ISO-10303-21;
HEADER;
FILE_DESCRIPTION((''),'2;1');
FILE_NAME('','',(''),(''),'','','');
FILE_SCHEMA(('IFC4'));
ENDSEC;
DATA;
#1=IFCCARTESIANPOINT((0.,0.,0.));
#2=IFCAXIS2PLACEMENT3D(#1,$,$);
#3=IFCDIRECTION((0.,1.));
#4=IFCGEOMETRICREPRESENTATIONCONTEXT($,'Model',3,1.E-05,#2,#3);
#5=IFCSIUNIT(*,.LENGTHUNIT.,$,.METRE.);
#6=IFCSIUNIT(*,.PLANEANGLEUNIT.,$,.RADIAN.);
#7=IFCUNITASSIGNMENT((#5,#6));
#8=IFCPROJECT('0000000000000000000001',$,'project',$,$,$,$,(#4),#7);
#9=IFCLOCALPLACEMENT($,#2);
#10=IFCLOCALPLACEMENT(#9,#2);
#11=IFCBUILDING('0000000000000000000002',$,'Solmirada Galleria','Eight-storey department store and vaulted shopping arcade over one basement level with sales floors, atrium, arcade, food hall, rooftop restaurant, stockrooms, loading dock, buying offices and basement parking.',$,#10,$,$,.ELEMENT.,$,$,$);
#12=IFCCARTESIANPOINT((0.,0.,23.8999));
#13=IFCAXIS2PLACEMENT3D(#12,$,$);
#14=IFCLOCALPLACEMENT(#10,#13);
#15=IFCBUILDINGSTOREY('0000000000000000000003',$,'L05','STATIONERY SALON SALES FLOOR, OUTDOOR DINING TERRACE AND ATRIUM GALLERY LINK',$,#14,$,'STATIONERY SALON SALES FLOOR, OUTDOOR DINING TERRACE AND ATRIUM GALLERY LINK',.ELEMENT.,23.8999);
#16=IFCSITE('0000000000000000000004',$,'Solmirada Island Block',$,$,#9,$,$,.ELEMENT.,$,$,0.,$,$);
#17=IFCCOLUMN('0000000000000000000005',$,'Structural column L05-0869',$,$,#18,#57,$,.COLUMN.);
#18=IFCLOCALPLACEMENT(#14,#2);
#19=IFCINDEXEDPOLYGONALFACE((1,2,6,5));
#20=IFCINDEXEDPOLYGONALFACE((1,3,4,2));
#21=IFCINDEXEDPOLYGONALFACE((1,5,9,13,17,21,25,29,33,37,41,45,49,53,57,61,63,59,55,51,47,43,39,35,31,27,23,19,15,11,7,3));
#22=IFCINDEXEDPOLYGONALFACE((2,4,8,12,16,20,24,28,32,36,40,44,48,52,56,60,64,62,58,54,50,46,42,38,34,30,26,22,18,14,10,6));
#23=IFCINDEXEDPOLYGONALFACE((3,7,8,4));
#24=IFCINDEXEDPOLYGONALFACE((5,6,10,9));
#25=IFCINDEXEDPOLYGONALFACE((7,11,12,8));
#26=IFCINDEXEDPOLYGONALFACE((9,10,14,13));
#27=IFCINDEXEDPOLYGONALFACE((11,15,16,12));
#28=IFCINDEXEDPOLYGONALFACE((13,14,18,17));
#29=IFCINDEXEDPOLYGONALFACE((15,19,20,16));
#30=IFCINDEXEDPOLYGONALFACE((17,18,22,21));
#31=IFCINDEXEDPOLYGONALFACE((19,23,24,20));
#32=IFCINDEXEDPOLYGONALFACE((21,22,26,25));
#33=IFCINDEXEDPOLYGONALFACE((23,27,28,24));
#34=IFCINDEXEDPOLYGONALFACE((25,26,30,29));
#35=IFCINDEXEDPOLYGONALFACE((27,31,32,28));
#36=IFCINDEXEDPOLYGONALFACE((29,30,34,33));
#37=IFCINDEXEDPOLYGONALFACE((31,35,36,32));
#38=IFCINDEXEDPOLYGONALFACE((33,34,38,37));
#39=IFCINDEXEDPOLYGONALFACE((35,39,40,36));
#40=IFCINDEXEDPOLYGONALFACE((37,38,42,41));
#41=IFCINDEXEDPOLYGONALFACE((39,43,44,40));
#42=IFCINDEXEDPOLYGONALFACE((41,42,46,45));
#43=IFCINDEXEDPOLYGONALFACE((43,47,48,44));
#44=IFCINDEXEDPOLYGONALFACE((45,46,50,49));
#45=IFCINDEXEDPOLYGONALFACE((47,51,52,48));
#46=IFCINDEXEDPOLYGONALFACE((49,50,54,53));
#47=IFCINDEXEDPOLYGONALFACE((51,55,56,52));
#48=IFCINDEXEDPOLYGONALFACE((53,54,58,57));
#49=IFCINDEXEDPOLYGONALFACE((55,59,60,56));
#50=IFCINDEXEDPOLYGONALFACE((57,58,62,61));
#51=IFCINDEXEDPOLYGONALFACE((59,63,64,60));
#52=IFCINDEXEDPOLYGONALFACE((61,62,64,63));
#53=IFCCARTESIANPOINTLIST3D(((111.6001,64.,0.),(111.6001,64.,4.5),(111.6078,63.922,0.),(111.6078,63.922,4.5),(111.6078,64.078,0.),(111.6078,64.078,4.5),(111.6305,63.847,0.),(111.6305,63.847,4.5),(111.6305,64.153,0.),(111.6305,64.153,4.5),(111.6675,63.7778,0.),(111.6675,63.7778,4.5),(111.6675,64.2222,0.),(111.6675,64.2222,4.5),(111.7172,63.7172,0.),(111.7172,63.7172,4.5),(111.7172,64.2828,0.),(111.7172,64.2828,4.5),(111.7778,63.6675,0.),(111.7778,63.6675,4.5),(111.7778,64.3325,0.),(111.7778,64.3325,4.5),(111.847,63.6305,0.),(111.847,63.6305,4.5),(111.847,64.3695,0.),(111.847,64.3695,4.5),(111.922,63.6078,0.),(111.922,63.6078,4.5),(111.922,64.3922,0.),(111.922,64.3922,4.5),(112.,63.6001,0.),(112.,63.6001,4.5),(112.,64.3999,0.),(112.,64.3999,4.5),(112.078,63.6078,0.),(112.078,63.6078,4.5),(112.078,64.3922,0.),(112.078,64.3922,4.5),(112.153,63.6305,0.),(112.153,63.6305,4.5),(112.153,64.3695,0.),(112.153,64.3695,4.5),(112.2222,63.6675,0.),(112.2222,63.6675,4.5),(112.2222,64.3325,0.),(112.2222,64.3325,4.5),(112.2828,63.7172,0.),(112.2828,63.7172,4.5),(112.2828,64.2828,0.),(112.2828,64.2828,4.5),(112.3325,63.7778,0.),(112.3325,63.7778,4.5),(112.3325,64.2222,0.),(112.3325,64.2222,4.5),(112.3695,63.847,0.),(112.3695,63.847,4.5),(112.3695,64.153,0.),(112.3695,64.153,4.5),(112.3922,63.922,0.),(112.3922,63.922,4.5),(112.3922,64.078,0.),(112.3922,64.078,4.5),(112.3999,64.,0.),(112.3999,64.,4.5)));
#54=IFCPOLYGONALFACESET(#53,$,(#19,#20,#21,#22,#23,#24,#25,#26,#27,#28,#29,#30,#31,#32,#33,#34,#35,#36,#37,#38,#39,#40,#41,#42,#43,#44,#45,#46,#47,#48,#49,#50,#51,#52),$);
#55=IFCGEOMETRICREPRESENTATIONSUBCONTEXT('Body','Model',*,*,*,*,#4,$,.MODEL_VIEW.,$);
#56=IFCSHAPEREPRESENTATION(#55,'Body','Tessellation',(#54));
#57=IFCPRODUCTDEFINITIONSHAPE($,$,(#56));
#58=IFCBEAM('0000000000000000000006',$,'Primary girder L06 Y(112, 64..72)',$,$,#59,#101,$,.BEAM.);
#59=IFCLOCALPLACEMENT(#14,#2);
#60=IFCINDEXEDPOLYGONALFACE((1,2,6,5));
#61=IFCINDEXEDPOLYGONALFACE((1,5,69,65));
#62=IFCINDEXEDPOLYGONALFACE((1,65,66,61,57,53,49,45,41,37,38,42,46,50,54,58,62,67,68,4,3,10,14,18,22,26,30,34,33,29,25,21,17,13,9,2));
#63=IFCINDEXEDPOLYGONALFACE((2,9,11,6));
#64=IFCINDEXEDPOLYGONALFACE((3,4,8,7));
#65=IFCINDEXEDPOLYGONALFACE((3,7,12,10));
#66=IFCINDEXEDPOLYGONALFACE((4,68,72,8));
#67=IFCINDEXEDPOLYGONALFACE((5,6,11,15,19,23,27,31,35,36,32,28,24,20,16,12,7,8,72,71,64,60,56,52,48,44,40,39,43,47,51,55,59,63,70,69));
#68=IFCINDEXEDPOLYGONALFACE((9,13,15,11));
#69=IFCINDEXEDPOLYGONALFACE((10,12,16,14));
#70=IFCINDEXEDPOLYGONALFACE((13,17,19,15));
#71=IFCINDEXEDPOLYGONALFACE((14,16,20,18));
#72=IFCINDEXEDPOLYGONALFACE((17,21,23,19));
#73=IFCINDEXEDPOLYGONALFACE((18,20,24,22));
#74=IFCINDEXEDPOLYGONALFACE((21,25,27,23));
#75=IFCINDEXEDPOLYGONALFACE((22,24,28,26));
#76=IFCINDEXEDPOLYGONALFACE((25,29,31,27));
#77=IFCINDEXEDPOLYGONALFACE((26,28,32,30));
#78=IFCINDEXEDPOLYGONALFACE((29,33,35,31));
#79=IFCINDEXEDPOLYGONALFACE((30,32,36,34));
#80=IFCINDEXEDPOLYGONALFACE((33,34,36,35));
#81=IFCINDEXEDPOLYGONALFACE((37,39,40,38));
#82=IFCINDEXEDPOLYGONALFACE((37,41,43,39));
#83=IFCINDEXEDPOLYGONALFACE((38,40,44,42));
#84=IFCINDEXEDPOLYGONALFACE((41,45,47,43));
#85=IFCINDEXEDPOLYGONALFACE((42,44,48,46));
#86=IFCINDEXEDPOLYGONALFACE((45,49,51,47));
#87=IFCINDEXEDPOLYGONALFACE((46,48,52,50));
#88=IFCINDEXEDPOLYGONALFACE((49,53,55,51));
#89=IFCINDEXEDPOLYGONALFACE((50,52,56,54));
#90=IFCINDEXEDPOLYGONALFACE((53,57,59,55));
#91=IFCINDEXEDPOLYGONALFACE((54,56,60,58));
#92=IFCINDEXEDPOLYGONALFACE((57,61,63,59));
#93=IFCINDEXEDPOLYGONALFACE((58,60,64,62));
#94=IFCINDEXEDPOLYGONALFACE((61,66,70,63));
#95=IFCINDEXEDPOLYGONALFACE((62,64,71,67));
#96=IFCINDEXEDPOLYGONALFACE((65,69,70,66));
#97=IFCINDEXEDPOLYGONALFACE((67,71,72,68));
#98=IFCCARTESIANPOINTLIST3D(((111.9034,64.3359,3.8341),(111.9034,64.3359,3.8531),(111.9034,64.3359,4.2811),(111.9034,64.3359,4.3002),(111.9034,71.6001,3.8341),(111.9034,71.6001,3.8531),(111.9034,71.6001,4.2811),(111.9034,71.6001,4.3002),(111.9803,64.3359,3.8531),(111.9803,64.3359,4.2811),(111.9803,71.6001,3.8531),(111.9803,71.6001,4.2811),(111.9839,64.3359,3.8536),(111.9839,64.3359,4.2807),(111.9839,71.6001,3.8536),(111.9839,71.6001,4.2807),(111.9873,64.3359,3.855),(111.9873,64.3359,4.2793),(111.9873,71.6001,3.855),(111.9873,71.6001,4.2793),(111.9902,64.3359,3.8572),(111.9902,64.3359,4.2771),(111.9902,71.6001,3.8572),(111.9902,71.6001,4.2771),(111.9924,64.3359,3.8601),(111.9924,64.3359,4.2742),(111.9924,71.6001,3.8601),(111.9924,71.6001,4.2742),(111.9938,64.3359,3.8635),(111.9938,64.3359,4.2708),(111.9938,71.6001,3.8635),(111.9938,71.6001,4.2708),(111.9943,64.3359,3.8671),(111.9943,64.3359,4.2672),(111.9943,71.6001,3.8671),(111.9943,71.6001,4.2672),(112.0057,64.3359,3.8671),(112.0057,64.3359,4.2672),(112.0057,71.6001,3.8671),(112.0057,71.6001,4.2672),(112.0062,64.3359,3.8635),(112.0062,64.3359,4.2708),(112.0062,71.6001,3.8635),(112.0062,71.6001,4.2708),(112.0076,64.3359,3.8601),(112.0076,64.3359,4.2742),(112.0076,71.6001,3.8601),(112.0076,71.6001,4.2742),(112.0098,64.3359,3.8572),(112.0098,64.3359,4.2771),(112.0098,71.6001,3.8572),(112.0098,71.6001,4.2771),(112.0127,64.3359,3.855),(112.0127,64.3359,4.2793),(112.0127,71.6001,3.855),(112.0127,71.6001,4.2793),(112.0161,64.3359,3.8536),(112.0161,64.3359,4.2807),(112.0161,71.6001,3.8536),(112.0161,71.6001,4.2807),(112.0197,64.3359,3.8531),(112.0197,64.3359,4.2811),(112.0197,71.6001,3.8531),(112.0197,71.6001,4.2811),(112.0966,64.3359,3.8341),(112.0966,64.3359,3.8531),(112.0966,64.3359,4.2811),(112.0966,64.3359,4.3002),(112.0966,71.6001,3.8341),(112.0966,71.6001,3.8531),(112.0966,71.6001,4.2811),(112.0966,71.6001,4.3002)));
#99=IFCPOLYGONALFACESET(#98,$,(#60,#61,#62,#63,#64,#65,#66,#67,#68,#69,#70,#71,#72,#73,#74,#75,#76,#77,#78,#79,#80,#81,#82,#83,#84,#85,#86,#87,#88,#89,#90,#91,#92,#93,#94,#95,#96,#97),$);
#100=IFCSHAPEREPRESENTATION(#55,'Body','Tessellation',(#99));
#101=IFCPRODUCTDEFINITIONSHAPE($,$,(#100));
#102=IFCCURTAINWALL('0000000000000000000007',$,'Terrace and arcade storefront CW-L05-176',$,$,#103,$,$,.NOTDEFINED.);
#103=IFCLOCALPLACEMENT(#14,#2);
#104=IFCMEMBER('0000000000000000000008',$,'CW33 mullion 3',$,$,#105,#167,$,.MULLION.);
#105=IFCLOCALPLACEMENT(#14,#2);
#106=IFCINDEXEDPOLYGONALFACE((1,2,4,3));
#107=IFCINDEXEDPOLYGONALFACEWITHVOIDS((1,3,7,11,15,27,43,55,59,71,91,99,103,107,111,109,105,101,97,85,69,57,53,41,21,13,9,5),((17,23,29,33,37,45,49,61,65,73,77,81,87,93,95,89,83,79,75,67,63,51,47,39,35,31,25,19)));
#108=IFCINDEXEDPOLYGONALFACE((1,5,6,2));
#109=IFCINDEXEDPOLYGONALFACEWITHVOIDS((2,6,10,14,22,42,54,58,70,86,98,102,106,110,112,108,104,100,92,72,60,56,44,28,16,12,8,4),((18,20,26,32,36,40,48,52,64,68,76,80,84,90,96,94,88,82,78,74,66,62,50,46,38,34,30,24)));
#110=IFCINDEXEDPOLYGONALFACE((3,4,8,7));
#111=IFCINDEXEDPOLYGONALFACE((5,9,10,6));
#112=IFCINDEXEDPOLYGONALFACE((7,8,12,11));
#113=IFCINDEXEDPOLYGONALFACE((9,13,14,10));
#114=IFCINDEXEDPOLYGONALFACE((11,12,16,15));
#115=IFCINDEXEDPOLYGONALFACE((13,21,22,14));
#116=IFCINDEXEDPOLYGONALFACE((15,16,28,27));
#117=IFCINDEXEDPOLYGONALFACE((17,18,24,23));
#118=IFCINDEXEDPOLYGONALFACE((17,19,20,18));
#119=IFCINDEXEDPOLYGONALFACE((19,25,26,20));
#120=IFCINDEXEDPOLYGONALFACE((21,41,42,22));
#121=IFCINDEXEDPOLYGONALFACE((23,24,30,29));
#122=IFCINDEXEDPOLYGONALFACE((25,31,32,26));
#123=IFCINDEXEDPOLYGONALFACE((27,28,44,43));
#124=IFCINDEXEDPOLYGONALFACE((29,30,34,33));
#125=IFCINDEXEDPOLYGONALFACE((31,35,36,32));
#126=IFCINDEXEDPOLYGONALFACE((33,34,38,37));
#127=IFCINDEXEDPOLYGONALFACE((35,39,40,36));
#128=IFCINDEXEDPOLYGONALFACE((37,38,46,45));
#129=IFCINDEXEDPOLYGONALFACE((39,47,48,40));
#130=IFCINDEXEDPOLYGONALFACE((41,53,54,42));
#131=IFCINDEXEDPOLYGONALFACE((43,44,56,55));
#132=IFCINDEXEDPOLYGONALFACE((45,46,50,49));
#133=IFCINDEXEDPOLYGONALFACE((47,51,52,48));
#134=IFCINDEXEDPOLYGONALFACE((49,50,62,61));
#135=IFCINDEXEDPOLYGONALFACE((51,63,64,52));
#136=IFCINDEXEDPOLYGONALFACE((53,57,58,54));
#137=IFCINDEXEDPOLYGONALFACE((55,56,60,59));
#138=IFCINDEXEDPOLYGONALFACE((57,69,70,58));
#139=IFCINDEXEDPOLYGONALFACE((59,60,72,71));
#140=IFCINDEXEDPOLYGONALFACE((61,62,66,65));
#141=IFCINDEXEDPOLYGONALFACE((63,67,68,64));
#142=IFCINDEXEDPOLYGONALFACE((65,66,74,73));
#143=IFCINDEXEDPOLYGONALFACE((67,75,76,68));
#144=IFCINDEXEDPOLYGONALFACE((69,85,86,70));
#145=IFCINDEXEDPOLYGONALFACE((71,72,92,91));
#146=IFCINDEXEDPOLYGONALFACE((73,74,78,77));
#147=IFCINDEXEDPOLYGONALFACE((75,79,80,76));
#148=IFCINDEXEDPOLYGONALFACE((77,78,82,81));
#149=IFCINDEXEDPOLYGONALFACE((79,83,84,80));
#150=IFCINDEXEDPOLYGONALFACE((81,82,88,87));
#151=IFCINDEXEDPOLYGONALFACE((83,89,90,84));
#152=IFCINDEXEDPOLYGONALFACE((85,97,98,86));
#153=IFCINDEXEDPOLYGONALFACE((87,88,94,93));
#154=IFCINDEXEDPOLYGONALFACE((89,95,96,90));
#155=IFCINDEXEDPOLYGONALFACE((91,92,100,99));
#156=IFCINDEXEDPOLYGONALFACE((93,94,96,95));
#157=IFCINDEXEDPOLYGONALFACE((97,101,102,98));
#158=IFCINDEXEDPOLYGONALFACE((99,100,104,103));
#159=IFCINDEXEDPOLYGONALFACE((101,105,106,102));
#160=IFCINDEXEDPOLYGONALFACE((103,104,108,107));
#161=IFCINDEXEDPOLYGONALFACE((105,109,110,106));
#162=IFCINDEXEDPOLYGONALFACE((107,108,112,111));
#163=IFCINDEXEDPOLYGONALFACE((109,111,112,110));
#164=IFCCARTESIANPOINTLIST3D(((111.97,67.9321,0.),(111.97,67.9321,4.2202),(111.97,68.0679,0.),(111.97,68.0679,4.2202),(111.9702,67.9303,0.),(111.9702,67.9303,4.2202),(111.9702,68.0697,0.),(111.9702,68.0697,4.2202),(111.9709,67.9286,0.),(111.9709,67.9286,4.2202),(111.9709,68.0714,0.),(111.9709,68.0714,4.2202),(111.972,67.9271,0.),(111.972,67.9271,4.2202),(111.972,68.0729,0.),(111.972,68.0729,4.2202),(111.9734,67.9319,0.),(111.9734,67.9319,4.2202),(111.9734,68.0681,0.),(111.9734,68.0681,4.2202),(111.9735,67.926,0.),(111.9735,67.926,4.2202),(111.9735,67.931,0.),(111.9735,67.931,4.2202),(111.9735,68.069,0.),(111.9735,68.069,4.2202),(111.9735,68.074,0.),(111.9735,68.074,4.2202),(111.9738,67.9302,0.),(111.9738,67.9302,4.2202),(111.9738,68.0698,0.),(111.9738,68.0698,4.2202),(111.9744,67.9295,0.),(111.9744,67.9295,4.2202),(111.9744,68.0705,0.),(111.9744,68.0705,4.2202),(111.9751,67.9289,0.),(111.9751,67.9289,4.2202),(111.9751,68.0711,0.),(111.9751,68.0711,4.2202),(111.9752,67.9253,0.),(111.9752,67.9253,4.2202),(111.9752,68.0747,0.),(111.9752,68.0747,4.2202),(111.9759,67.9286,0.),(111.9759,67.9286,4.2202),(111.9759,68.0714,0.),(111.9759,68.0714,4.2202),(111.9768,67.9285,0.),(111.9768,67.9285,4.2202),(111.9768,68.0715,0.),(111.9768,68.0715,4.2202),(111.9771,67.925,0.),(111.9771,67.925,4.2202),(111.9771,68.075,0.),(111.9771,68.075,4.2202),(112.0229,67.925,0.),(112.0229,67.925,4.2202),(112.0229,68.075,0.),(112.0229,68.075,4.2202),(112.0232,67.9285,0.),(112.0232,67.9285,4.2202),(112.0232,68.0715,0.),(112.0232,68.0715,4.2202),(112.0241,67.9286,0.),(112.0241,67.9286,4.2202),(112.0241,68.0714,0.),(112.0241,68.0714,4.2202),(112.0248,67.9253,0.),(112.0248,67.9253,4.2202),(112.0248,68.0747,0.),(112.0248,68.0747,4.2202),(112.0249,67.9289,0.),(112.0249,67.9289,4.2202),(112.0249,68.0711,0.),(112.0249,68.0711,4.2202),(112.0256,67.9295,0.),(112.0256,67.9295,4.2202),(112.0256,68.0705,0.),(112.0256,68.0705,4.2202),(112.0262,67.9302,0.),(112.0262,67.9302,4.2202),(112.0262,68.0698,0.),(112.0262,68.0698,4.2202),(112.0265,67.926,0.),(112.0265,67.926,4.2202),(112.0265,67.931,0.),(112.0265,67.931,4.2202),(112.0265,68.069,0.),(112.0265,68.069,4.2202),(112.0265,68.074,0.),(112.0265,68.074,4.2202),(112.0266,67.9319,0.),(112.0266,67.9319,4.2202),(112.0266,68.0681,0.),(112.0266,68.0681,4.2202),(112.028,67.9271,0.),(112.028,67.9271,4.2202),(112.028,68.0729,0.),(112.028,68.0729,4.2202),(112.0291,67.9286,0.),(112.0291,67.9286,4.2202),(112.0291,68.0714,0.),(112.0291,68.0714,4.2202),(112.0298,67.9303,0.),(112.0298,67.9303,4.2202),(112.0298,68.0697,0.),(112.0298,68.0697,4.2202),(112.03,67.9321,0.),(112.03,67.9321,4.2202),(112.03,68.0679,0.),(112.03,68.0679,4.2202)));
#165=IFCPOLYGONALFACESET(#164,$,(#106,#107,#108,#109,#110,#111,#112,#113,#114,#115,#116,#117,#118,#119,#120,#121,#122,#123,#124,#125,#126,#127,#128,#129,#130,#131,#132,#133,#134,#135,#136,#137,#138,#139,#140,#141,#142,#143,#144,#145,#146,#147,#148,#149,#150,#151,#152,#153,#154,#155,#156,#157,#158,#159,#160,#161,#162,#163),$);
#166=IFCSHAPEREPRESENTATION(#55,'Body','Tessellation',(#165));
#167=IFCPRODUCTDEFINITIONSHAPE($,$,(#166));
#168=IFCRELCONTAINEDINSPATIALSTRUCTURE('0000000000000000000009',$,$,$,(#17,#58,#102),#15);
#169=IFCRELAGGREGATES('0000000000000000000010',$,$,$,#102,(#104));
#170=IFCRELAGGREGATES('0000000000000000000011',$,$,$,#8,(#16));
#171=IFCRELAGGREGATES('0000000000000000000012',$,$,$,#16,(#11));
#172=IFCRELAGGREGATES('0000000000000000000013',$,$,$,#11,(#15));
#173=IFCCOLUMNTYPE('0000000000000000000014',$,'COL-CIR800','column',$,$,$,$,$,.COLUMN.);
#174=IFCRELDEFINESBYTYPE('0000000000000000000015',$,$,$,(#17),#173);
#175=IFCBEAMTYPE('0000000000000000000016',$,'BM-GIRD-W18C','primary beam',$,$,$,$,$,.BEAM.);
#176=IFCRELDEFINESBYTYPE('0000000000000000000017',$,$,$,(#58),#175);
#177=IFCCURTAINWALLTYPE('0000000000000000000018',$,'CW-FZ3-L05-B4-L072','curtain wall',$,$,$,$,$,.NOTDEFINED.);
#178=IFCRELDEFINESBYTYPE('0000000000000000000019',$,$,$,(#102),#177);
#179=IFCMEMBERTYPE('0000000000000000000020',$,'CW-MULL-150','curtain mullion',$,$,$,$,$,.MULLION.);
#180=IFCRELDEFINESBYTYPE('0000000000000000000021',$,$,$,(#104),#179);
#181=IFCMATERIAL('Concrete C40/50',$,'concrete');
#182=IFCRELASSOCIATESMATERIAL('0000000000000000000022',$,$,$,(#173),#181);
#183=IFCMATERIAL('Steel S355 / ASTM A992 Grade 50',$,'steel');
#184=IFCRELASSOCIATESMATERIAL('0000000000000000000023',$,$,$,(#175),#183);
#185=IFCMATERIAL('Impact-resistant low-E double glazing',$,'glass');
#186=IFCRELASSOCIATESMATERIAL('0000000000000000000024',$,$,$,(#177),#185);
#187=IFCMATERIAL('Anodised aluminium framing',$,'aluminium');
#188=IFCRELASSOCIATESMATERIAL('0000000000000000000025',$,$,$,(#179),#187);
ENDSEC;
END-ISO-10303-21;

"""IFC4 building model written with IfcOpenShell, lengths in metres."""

from ifc_helpers import new_model, si_unit, direction, frame, origin, origin_2d, place, context, subcontext, project, spatial, hollow_rectangle, circle, i_section, extrude, material, material_profile, profile_set, type_object, element, aggregate, save


model = new_model("IFC4")

# Units and contexts
model_context = context("Model", 3, precision=1e-05, world=origin(), true_north=direction((0.0, 1.0)))
body_context = subcontext(model_context, "Body", "Model", "MODEL_VIEW")
ifc_project = project(units=[si_unit("LENGTHUNIT", "METRE"), si_unit("PLANEANGLEUNIT", "RADIAN")], contexts=[model_context])

# Site, building, storey
site_placement = place(None, origin())
site = spatial("IfcSite", under=ifc_project, at=site_placement, Name="Solmirada Island Block", CompositionType="ELEMENT", RefElevation=0.0)
building_placement = place(site_placement, origin())
building = spatial("IfcBuilding", under=site, at=building_placement, Name="Solmirada Galleria", Description="Eight-storey department store and vaulted shopping arcade over one basement level with sales floors, atrium, arcade, food hall, rooftop restaurant, stockrooms, loading dock, buying offices and basement parking.", CompositionType="ELEMENT")
storey_placement = place(building_placement, frame((0.0, 0.0, 23.8999)))
storey = spatial("IfcBuildingStorey", under=building, at=storey_placement, Name="L05", Description="STATIONERY SALON SALES FLOOR, OUTDOOR DINING TERRACE AND ATRIUM GALLERY LINK", LongName="STATIONERY SALON SALES FLOOR, OUTDOOR DINING TERRACE AND ATRIUM GALLERY LINK", CompositionType="ELEMENT", Elevation=23.8999)

# Column
ifc_material_1 = material(Name="Concrete C40/50", Category="concrete")
ifc_material_profile_1 = material_profile(ifc_material_1, circle(Radius=0.3999, at=origin_2d()), Name="RCCOL800")
ifc_profile_set_1 = profile_set([ifc_material_profile_1], Name="Concrete C40/50")
column_type = type_object("IfcColumnType", Name="COL-CIR800", Description="column", PredefinedType="COLUMN", material=ifc_profile_set_1)
column_placement = place(storey_placement, frame((112.0, 64.0, 0.0), z_axis=(0.0, 0.0, 1.0), x_axis=(1.0, 0.0, 0.0)))
element("IfcColumn", 1, at=column_placement, inside=storey, type_object=column_type, Name="Structural column L05-0869", PredefinedType="COLUMN", context=body_context, shape_type="SweptSolid", body=[
    extrude(circle(Radius=0.3999, at=origin_2d()), origin(), (0.0, 0.0, 1.0), 4.5),
])

# Beam
ifc_material_2 = material(Name="Steel S355 / ASTM A992 Grade 50", Category="steel")
ifc_material_profile_2 = material_profile(ifc_material_2, i_section(OverallWidth=0.1931, OverallDepth=0.4661, WebThickness=0.0115, FlangeThickness=0.019, FilletRadius=0.0139, at=origin_2d()), Name="W18X65")
ifc_profile_set_2 = profile_set([ifc_material_profile_2], Name="Steel S355 / ASTM A992 Grade 50")
beam_type = type_object("IfcBeamType", Name="BM-GIRD-W18C", Description="primary beam", PredefinedType="BEAM", material=ifc_profile_set_2)
beam_placement = place(storey_placement, frame((112.0, 64.3359, 4.0671), z_axis=(0.0, 1.0, 0.0), x_axis=(-1.0, 0.0, 0.0)))
element("IfcBeam", 2, at=beam_placement, inside=storey, type_object=beam_type, Name="Primary girder L06 Y(112, 64..72)", PredefinedType="BEAM", context=body_context, shape_type="SweptSolid", body=[
    extrude(i_section(OverallWidth=0.1931, OverallDepth=0.4661, WebThickness=0.0115, FlangeThickness=0.019, FilletRadius=0.0139, at=origin_2d()), origin(), (0.0, 0.0, 1.0), 7.2642),
])

# Curtain wall, member
ifc_material_3 = material(Name="Impact-resistant low-E double glazing", Category="glass")
curtain_wall_type = type_object("IfcCurtainWallType", Name="CW-FZ3-L05-B4-L072", Description="curtain wall", PredefinedType="NOTDEFINED", material=ifc_material_3)
curtain_wall_1_placement = place(storey_placement, origin())
curtain_wall_1 = element("IfcCurtainWall", 3, at=curtain_wall_1_placement, inside=storey, type_object=curtain_wall_type, Name="Terrace and arcade storefront CW-L05-176", PredefinedType="NOTDEFINED")
ifc_material_4 = material(Name="Anodised aluminium framing", Category="aluminium")
ifc_material_profile_3 = material_profile(ifc_material_4, hollow_rectangle(XDim=0.0601, YDim=0.1499, WallThickness=0.0034, InnerFilletRadius=0.0034, OuterFilletRadius=0.0071, at=origin_2d()), Name="ALU-MULL-150X60")
ifc_profile_set_3 = profile_set([ifc_material_profile_3], Name="Anodised aluminium framing")
member_type_1 = type_object("IfcMemberType", Name="CW-MULL-150", Description="curtain mullion", PredefinedType="MULLION", material=ifc_profile_set_3)
member_1_placement = place(storey_placement, frame((112.0, 68.0, 0.0), z_axis=(0.0, 0.0, 1.0), x_axis=(1.0, 0.0, 0.0)))
member_1 = element("IfcMember", 4, at=member_1_placement, type_object=member_type_1, Name="CW33 mullion 3", PredefinedType="MULLION", context=body_context, shape_type="SweptSolid", body=[
    extrude(hollow_rectangle(XDim=0.0601, YDim=0.1499, WallThickness=0.0034, InnerFilletRadius=0.0034, OuterFilletRadius=0.0071, at=origin_2d()), origin(), (0.0, 0.0, 1.0), 4.2202),
])

aggregate(curtain_wall_1, [member_1])

save(model, "model.ifc")
